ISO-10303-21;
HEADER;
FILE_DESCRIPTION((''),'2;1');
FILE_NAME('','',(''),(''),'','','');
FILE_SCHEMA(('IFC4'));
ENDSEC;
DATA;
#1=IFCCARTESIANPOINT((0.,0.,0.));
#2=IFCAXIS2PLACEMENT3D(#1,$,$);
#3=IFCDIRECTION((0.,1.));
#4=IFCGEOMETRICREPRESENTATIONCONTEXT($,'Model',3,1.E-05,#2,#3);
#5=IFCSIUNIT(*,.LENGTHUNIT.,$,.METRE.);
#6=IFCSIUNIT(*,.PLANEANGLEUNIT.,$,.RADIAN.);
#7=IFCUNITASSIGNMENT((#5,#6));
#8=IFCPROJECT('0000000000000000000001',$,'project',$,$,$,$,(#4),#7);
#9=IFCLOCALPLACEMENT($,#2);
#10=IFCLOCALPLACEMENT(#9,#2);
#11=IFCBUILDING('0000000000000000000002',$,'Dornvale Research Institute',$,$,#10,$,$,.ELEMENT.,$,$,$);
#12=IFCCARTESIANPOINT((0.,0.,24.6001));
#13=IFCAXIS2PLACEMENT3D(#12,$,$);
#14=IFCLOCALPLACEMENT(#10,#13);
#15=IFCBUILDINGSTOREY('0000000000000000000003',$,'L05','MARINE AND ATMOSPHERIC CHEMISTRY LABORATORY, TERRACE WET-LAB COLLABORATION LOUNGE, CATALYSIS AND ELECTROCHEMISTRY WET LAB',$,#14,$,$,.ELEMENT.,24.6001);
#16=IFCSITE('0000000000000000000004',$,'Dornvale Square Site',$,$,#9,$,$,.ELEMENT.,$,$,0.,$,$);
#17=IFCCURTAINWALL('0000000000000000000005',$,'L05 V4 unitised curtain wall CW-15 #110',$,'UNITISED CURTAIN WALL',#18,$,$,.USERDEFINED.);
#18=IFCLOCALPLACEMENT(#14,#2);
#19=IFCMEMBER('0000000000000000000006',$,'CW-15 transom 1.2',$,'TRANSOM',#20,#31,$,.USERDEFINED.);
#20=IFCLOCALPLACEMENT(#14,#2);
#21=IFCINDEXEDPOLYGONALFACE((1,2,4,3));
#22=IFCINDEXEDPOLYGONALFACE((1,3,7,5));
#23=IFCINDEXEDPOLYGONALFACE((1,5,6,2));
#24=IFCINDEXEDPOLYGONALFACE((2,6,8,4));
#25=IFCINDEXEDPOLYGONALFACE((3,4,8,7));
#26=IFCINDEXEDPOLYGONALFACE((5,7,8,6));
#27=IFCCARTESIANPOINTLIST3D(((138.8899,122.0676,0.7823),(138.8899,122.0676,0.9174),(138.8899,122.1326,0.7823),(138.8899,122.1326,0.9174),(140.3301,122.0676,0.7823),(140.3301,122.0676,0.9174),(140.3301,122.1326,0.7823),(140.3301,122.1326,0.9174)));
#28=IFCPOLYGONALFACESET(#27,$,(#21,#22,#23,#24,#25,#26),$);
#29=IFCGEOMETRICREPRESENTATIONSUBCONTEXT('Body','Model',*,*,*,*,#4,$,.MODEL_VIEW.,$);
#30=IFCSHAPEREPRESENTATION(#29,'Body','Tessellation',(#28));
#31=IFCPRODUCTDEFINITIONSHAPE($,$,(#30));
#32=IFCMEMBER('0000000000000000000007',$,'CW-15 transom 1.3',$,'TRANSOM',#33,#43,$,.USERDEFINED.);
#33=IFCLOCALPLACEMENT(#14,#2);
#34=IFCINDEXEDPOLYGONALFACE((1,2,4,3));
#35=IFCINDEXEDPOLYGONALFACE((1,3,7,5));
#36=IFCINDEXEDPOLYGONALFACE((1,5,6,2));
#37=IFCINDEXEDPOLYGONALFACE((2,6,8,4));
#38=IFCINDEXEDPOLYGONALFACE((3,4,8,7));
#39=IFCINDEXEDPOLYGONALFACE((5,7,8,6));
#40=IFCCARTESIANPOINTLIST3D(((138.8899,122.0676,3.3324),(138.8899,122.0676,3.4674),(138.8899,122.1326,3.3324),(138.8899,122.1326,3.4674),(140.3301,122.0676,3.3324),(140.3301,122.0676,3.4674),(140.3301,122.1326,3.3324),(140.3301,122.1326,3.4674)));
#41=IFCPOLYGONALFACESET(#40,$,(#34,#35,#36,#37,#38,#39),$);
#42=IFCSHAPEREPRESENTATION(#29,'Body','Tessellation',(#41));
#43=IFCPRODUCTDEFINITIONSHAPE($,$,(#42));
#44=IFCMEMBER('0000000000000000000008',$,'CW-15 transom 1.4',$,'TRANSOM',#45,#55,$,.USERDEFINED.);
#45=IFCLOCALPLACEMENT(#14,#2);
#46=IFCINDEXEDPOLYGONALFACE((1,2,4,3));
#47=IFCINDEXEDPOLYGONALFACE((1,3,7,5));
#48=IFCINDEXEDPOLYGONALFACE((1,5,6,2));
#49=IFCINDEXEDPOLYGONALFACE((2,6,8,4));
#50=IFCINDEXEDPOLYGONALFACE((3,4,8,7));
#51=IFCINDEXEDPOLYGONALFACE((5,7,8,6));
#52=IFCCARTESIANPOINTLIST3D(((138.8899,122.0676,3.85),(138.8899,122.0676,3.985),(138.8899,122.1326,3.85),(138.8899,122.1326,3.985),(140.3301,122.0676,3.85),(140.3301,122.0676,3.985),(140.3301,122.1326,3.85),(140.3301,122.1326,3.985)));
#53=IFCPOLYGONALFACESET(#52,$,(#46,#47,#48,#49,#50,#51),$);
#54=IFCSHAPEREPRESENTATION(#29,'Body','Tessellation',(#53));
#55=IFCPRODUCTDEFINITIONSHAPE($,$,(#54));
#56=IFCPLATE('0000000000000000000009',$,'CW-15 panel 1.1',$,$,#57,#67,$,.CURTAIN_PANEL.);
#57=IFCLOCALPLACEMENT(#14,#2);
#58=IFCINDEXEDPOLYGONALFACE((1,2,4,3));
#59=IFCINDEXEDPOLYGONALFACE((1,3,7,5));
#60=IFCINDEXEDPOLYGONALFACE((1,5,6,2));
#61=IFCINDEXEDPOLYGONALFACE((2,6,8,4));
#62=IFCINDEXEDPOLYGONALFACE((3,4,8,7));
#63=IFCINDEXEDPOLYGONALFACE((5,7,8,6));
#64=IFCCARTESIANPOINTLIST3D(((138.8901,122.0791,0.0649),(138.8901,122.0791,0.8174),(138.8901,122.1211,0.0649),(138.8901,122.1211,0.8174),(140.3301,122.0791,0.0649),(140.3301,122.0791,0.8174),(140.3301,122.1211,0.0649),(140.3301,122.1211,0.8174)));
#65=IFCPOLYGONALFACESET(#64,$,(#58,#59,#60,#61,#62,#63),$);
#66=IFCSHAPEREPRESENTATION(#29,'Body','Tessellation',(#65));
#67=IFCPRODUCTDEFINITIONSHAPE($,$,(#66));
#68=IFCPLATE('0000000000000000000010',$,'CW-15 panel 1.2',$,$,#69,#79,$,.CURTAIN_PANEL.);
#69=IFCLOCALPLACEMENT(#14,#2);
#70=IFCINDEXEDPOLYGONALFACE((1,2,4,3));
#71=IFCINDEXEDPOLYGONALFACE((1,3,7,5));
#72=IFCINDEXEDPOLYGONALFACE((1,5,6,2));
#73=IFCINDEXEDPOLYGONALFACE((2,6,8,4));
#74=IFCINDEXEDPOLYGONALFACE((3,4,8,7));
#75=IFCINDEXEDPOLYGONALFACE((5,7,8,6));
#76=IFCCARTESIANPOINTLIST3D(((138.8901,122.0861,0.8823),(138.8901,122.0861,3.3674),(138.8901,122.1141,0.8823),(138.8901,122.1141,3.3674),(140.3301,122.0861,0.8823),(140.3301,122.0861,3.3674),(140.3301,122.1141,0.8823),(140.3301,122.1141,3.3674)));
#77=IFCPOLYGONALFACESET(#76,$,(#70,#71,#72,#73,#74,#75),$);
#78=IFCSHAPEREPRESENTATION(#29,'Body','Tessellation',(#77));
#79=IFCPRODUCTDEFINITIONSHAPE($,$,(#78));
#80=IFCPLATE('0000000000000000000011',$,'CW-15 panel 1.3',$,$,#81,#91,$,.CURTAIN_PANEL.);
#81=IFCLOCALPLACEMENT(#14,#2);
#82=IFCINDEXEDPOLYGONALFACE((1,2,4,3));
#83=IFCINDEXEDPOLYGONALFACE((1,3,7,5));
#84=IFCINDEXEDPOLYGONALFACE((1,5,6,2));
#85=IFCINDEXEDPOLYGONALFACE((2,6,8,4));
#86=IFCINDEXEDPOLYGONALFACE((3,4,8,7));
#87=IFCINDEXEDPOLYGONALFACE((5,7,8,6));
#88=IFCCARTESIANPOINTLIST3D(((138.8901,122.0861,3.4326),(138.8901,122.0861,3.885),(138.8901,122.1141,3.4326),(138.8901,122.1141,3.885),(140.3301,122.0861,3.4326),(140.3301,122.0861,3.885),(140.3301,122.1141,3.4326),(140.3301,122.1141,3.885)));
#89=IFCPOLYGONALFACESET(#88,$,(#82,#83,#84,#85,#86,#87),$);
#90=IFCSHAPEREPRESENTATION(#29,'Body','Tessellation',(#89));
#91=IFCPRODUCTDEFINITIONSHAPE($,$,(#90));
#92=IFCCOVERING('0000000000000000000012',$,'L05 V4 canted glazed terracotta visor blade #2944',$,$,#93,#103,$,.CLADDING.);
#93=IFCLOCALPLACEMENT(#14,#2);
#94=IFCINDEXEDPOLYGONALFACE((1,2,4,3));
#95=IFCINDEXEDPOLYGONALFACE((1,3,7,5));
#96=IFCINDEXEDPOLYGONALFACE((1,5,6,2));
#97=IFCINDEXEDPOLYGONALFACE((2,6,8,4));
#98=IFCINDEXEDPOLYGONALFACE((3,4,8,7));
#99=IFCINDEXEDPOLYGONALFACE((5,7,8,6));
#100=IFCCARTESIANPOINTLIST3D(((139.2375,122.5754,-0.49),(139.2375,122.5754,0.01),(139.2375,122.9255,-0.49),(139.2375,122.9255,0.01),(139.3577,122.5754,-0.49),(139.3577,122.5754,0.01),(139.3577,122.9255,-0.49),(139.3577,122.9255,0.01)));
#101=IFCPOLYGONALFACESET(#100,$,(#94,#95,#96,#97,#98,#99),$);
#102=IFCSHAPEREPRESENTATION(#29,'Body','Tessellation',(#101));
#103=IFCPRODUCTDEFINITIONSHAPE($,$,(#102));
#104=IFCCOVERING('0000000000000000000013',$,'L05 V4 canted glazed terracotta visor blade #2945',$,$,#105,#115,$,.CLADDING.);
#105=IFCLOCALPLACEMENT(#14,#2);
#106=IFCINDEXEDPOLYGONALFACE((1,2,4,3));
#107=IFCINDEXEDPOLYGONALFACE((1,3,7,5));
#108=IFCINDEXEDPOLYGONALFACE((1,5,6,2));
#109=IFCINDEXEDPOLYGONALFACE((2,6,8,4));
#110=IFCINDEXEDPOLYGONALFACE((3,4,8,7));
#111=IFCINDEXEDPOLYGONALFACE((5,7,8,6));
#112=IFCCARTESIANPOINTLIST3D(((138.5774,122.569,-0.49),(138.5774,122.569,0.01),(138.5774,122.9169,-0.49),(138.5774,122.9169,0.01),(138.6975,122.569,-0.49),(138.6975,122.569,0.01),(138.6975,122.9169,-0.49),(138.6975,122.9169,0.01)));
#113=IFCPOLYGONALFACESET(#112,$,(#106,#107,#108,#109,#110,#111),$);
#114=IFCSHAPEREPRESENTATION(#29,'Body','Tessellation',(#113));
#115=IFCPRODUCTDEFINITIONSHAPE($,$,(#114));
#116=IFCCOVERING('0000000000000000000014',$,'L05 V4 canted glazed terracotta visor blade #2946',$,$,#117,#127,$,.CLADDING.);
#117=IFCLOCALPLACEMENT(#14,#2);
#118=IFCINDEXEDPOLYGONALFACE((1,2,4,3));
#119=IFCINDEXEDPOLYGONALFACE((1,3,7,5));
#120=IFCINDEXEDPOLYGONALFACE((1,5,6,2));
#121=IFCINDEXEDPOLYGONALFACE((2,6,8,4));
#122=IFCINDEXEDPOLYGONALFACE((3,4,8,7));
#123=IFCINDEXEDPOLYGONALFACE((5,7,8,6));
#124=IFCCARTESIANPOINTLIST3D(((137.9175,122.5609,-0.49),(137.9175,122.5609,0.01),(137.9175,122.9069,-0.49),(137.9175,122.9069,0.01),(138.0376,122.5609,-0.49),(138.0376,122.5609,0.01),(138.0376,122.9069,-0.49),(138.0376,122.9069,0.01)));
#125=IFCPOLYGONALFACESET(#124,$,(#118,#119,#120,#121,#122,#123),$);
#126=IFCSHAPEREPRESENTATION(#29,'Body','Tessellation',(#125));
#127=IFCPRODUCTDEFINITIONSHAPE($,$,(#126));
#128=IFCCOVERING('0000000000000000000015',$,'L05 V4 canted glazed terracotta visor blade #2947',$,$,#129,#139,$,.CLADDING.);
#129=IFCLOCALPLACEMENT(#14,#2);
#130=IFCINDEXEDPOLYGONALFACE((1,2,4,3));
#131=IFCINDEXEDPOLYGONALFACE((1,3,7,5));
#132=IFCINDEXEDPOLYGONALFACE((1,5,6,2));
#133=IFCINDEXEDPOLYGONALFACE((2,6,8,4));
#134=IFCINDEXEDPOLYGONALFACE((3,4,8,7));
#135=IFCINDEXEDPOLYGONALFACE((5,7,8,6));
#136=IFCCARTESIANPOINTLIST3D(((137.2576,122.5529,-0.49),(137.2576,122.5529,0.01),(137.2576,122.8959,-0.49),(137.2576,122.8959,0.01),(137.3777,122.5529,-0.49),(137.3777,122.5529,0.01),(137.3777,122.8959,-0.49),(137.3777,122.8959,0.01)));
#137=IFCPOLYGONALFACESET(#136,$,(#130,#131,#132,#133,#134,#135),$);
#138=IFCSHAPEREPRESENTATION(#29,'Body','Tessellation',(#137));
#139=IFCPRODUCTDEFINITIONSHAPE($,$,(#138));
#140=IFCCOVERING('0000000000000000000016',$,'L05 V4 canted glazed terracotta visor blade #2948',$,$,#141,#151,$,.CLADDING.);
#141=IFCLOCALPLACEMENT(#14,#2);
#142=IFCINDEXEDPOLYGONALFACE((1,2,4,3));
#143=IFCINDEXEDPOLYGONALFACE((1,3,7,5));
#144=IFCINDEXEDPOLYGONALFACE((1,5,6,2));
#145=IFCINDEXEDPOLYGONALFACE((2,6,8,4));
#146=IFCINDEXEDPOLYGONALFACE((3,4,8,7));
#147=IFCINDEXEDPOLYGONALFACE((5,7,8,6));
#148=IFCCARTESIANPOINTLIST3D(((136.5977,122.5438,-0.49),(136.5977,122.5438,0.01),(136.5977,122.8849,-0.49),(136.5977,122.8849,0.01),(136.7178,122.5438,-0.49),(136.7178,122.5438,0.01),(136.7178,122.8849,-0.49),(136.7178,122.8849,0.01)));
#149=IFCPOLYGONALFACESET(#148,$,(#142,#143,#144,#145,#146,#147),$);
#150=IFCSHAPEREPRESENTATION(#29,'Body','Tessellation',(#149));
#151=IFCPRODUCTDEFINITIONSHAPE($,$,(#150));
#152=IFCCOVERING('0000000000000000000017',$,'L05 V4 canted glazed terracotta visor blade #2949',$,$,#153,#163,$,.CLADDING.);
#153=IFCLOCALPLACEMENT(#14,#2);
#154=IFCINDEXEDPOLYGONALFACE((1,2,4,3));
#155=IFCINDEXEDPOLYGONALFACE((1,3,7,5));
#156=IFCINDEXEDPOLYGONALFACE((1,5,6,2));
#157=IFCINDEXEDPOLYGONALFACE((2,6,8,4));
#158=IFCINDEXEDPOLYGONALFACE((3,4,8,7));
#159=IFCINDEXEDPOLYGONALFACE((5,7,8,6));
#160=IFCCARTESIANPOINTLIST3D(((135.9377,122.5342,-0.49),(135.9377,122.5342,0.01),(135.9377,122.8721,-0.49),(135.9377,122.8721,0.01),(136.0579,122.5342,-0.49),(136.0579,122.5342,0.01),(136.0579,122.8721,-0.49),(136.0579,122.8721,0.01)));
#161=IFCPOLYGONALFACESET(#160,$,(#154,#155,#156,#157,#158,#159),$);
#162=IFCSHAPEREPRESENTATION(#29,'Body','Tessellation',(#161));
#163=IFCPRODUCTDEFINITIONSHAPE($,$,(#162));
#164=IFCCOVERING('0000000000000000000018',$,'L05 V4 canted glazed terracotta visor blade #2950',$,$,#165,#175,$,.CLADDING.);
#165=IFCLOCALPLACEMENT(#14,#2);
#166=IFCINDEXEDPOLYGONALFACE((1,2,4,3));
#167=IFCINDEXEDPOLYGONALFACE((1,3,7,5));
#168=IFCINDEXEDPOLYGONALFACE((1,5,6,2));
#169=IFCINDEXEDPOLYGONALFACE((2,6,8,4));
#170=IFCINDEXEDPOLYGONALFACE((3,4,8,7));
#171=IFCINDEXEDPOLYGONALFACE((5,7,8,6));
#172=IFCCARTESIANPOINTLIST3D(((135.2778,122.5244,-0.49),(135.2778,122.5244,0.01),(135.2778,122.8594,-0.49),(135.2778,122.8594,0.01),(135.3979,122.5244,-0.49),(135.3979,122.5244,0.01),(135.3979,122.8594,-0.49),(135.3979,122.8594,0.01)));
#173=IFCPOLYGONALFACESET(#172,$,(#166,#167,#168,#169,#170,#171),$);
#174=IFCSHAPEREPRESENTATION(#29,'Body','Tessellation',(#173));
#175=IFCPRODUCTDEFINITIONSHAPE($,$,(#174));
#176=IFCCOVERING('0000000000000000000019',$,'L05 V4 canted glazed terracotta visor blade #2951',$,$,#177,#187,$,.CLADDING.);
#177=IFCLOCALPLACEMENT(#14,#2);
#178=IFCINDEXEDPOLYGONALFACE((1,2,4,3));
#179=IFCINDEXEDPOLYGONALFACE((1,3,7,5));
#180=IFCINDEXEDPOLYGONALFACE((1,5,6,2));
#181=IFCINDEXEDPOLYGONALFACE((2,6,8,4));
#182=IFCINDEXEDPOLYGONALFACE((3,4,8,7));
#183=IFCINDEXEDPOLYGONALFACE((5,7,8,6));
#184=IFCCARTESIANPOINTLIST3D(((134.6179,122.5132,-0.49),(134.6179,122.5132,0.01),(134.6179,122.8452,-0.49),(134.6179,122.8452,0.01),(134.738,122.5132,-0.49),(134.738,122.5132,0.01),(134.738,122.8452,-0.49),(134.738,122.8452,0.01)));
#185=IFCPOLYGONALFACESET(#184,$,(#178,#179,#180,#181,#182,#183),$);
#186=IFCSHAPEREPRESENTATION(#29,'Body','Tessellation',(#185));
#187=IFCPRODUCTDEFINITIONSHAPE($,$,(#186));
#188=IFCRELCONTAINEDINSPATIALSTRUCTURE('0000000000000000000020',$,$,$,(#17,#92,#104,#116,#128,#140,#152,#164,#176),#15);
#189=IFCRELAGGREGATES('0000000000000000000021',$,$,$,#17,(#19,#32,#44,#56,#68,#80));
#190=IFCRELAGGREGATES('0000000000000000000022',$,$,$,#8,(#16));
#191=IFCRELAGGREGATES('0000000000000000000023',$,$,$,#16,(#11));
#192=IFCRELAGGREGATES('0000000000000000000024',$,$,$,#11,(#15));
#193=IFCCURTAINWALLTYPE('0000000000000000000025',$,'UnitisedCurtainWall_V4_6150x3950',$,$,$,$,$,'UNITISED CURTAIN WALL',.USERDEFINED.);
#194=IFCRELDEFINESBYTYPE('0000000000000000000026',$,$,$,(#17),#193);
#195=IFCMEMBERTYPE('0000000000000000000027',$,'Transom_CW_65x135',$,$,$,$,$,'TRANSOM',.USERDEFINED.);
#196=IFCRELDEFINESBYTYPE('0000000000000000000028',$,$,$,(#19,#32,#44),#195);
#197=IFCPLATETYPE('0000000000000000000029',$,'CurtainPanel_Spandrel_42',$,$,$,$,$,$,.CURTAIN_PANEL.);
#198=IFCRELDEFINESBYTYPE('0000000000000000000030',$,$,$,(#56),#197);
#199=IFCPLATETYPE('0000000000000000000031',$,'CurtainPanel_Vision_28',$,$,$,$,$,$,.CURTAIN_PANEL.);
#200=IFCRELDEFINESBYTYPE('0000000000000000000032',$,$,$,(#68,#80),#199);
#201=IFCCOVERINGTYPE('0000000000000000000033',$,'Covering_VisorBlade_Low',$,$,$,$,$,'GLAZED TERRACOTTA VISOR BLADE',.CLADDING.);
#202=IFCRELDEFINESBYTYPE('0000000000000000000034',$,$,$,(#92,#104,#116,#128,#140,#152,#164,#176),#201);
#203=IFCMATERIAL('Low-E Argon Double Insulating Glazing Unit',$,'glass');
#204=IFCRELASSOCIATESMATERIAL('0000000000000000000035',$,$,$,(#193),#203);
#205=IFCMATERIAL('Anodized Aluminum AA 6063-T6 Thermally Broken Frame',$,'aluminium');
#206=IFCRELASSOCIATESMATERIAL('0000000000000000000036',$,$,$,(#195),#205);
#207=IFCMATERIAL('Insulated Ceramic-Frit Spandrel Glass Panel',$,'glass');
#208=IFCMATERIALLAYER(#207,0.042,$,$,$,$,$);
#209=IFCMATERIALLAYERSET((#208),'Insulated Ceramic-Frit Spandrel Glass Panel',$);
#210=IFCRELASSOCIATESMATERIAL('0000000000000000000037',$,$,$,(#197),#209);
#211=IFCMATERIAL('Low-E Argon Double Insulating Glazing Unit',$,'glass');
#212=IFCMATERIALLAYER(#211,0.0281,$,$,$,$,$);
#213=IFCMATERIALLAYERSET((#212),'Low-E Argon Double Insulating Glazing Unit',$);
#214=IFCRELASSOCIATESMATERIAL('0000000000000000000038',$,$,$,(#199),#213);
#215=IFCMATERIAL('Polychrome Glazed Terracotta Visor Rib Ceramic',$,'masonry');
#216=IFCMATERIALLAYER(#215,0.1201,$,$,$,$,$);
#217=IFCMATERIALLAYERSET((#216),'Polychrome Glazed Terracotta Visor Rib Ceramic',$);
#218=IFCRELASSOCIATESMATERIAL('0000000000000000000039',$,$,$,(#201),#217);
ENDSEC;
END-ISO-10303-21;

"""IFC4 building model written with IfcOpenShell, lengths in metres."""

from ifc_helpers import new_model, si_unit, direction, frame, origin, origin_2d, place, context, subcontext, project, spatial, rectangle, extrude, material, layer, layer_set, material_profile, profile_set, type_object, element, aggregate, save


model = new_model("IFC4")

# Units and contexts
model_context = context("Model", 3, precision=1e-05, world=origin(), true_north=direction((0.0, 1.0)))
body_context = subcontext(model_context, "Body", "Model", "MODEL_VIEW")
ifc_project = project(units=[si_unit("LENGTHUNIT", "METRE"), si_unit("PLANEANGLEUNIT", "RADIAN")], contexts=[model_context])

# Site, building, storey
site_placement = place(None, origin())
site = spatial("IfcSite", under=ifc_project, at=site_placement, Name="Dornvale Square Site", CompositionType="ELEMENT", RefElevation=0.0)
building_placement = place(site_placement, origin())
building = spatial("IfcBuilding", under=site, at=building_placement, Name="Dornvale Research Institute", CompositionType="ELEMENT")
storey_placement = place(building_placement, frame((0.0, 0.0, 24.6001)))
storey = spatial("IfcBuildingStorey", under=building, at=storey_placement, Name="L05", Description="MARINE AND ATMOSPHERIC CHEMISTRY LABORATORY, TERRACE WET-LAB COLLABORATION LOUNGE, CATALYSIS AND ELECTROCHEMISTRY WET LAB", CompositionType="ELEMENT", Elevation=24.6001)

# Curtain wall, members, plates
ifc_material_1 = material(Name="Low-E Argon Double Insulating Glazing Unit", Category="glass")
curtain_wall_type = type_object("IfcCurtainWallType", Name="UnitisedCurtainWall_V4_6150x3950", ElementType="UNITISED CURTAIN WALL", PredefinedType="USERDEFINED", material=ifc_material_1)
curtain_wall_placement = place(storey_placement, origin())
curtain_wall = element("IfcCurtainWall", 1, at=curtain_wall_placement, inside=storey, type_object=curtain_wall_type, Name="L05 V4 unitised curtain wall CW-15 #110", ObjectType="UNITISED CURTAIN WALL", PredefinedType="USERDEFINED")
ifc_material_2 = material(Name="Anodized Aluminum AA 6063-T6 Thermally Broken Frame", Category="aluminium")
ifc_material_profile = material_profile(ifc_material_2, rectangle(XDim=0.0649, YDim=0.135, at=origin_2d()), Name="ALU TRANSOM 65x135")
ifc_profile_set = profile_set([ifc_material_profile], Name="Anodized Aluminum AA 6063-T6 Thermally Broken Frame")
member_type = type_object("IfcMemberType", Name="Transom_CW_65x135", ElementType="TRANSOM", PredefinedType="USERDEFINED", material=ifc_profile_set)
member_1_placement = place(storey_placement, frame((138.8899, 122.1001, 0.8499), z_axis=(1.0, 0.0, 0.0), x_axis=(0.0, 1.0, 0.0)))
member_1 = element("IfcMember", 2, at=member_1_placement, type_object=member_type, Name="CW-15 transom 1.2", ObjectType="TRANSOM", PredefinedType="USERDEFINED", context=body_context, shape_type="SweptSolid", body=[
    extrude(rectangle(XDim=0.0649, YDim=0.135, at=origin_2d()), origin(), (0.0, 0.0, 1.0), 1.4402),
])
member_2_placement = place(storey_placement, frame((138.8899, 122.1001, 3.3999), z_axis=(1.0, 0.0, 0.0), x_axis=(0.0, 1.0, 0.0)))
member_2 = element("IfcMember", 3, at=member_2_placement, type_object=member_type, Name="CW-15 transom 1.3", ObjectType="TRANSOM", PredefinedType="USERDEFINED", context=body_context, shape_type="SweptSolid", body=[
    extrude(rectangle(XDim=0.0649, YDim=0.135, at=origin_2d()), origin(), (0.0, 0.0, 1.0), 1.4402),
])
member_3_placement = place(storey_placement, frame((138.8899, 122.1001, 3.9175), z_axis=(1.0, 0.0, 0.0), x_axis=(0.0, 1.0, 0.0)))
member_3 = element("IfcMember", 4, at=member_3_placement, type_object=member_type, Name="CW-15 transom 1.4", ObjectType="TRANSOM", PredefinedType="USERDEFINED", context=body_context, shape_type="SweptSolid", body=[
    extrude(rectangle(XDim=0.0649, YDim=0.135, at=origin_2d()), origin(), (0.0, 0.0, 1.0), 1.4402),
])
ifc_material_3 = material(Name="Insulated Ceramic-Frit Spandrel Glass Panel", Category="glass")
ifc_layer_1 = layer(ifc_material_3, 0.042)
ifc_layer_set_1 = layer_set([ifc_layer_1], Name="Insulated Ceramic-Frit Spandrel Glass Panel")
plate_type_1 = type_object("IfcPlateType", Name="CurtainPanel_Spandrel_42", PredefinedType="CURTAIN_PANEL", material=ifc_layer_set_1)
plate_1_placement = place(storey_placement, frame((139.6101, 122.1001, 0.0649), z_axis=(0.0, 0.0, 1.0), x_axis=(1.0, 0.0, 0.0)))
plate_1 = element("IfcPlate", 5, at=plate_1_placement, type_object=plate_type_1, Name="CW-15 panel 1.1", PredefinedType="CURTAIN_PANEL", context=body_context, shape_type="SweptSolid", body=[
    extrude(rectangle(XDim=1.4399, YDim=0.042, at=origin_2d()), origin(), (0.0, 0.0, 1.0), 0.7524),
])
ifc_material_4 = material(Name="Low-E Argon Double Insulating Glazing Unit", Category="glass")
ifc_layer_2 = layer(ifc_material_4, 0.0281)
ifc_layer_set_2 = layer_set([ifc_layer_2], Name="Low-E Argon Double Insulating Glazing Unit")
plate_type_2 = type_object("IfcPlateType", Name="CurtainPanel_Vision_28", PredefinedType="CURTAIN_PANEL", material=ifc_layer_set_2)
plate_2_placement = place(storey_placement, frame((139.6101, 122.1001, 0.8823), z_axis=(0.0, 0.0, 1.0), x_axis=(1.0, 0.0, 0.0)))
plate_2 = element("IfcPlate", 6, at=plate_2_placement, type_object=plate_type_2, Name="CW-15 panel 1.2", PredefinedType="CURTAIN_PANEL", context=body_context, shape_type="SweptSolid", body=[
    extrude(rectangle(XDim=1.4399, YDim=0.0281, at=origin_2d()), origin(), (0.0, 0.0, 1.0), 2.4851),
])
plate_3_placement = place(storey_placement, frame((139.6101, 122.1001, 3.4326), z_axis=(0.0, 0.0, 1.0), x_axis=(1.0, 0.0, 0.0)))
plate_3 = element("IfcPlate", 7, at=plate_3_placement, type_object=plate_type_2, Name="CW-15 panel 1.3", PredefinedType="CURTAIN_PANEL", context=body_context, shape_type="SweptSolid", body=[
    extrude(rectangle(XDim=1.4399, YDim=0.0281, at=origin_2d()), origin(), (0.0, 0.0, 1.0), 0.4524),
])
aggregate(curtain_wall, [member_1, member_2, member_3, plate_1, plate_2, plate_3])

# Coverings
ifc_material_5 = material(Name="Polychrome Glazed Terracotta Visor Rib Ceramic", Category="masonry")
ifc_layer_3 = layer(ifc_material_5, 0.1201)
ifc_layer_set_3 = layer_set([ifc_layer_3], Name="Polychrome Glazed Terracotta Visor Rib Ceramic")
covering_type = type_object("IfcCoveringType", Name="Covering_VisorBlade_Low", ElementType="GLAZED TERRACOTTA VISOR BLADE", PredefinedType="CLADDING", material=ifc_layer_set_3)
covering_1_placement = place(storey_placement, frame((139.2976, 122.7505, -0.49), z_axis=(0.0, 0.0, 1.0), x_axis=(0.0, 1.0, 0.0)))
element("IfcCovering", 8, at=covering_1_placement, inside=storey, type_object=covering_type, Name="L05 V4 canted glazed terracotta visor blade #2944", PredefinedType="CLADDING", context=body_context, shape_type="SweptSolid", body=[
    extrude(rectangle(XDim=0.3501, YDim=0.1201, at=origin_2d()), origin(), (0.0, 0.0, 1.0), 0.5),
])
covering_2_placement = place(storey_placement, frame((138.6375, 122.7429, -0.49), z_axis=(0.0, 0.0, 1.0), x_axis=(0.0, 1.0, 0.0)))
element("IfcCovering", 9, at=covering_2_placement, inside=storey, type_object=covering_type, Name="L05 V4 canted glazed terracotta visor blade #2945", PredefinedType="CLADDING", context=body_context, shape_type="SweptSolid", body=[
    extrude(rectangle(XDim=0.3479, YDim=0.1201, at=origin_2d()), origin(), (0.0, 0.0, 1.0), 0.5),
])
covering_3_placement = place(storey_placement, frame((137.9775, 122.7339, -0.49), z_axis=(0.0, 0.0, 1.0), x_axis=(0.0, 1.0, 0.0)))
element("IfcCovering", 10, at=covering_3_placement, inside=storey, type_object=covering_type, Name="L05 V4 canted glazed terracotta visor blade #2946", PredefinedType="CLADDING", context=body_context, shape_type="SweptSolid", body=[
    extrude(rectangle(XDim=0.3459, YDim=0.1201, at=origin_2d()), origin(), (0.0, 0.0, 1.0), 0.5),
])
covering_4_placement = place(storey_placement, frame((137.3176, 122.7244, -0.49), z_axis=(0.0, 0.0, 1.0), x_axis=(0.0, 1.0, 0.0)))
element("IfcCovering", 11, at=covering_4_placement, inside=storey, type_object=covering_type, Name="L05 V4 canted glazed terracotta visor blade #2947", PredefinedType="CLADDING", context=body_context, shape_type="SweptSolid", body=[
    extrude(rectangle(XDim=0.343, YDim=0.1201, at=origin_2d()), origin(), (0.0, 0.0, 1.0), 0.5),
])
covering_5_placement = place(storey_placement, frame((136.6577, 122.7144, -0.49), z_axis=(0.0, 0.0, 1.0), x_axis=(0.0, 1.0, 0.0)))
element("IfcCovering", 12, at=covering_5_placement, inside=storey, type_object=covering_type, Name="L05 V4 canted glazed terracotta visor blade #2948", PredefinedType="CLADDING", context=body_context, shape_type="SweptSolid", body=[
    extrude(rectangle(XDim=0.3411, YDim=0.1201, at=origin_2d()), origin(), (0.0, 0.0, 1.0), 0.5),
])
covering_6_placement = place(storey_placement, frame((135.9978, 122.7031, -0.49), z_axis=(0.0, 0.0, 1.0), x_axis=(0.0, 1.0, 0.0)))
element("IfcCovering", 13, at=covering_6_placement, inside=storey, type_object=covering_type, Name="L05 V4 canted glazed terracotta visor blade #2949", PredefinedType="CLADDING", context=body_context, shape_type="SweptSolid", body=[
    extrude(rectangle(XDim=0.3379, YDim=0.1201, at=origin_2d()), origin(), (0.0, 0.0, 1.0), 0.5),
])
covering_7_placement = place(storey_placement, frame((135.3379, 122.6919, -0.49), z_axis=(0.0, 0.0, 1.0), x_axis=(0.0, 1.0, 0.0)))
element("IfcCovering", 14, at=covering_7_placement, inside=storey, type_object=covering_type, Name="L05 V4 canted glazed terracotta visor blade #2950", PredefinedType="CLADDING", context=body_context, shape_type="SweptSolid", body=[
    extrude(rectangle(XDim=0.335, YDim=0.1201, at=origin_2d()), origin(), (0.0, 0.0, 1.0), 0.5),
])
covering_8_placement = place(storey_placement, frame((134.678, 122.6792, -0.49), z_axis=(0.0, 0.0, 1.0), x_axis=(0.0, 1.0, 0.0)))
element("IfcCovering", 15, at=covering_8_placement, inside=storey, type_object=covering_type, Name="L05 V4 canted glazed terracotta visor blade #2951", PredefinedType="CLADDING", context=body_context, shape_type="SweptSolid", body=[
    extrude(rectangle(XDim=0.332, YDim=0.1201, at=origin_2d()), origin(), (0.0, 0.0, 1.0), 0.5),
])

save(model, "model.ifc")
